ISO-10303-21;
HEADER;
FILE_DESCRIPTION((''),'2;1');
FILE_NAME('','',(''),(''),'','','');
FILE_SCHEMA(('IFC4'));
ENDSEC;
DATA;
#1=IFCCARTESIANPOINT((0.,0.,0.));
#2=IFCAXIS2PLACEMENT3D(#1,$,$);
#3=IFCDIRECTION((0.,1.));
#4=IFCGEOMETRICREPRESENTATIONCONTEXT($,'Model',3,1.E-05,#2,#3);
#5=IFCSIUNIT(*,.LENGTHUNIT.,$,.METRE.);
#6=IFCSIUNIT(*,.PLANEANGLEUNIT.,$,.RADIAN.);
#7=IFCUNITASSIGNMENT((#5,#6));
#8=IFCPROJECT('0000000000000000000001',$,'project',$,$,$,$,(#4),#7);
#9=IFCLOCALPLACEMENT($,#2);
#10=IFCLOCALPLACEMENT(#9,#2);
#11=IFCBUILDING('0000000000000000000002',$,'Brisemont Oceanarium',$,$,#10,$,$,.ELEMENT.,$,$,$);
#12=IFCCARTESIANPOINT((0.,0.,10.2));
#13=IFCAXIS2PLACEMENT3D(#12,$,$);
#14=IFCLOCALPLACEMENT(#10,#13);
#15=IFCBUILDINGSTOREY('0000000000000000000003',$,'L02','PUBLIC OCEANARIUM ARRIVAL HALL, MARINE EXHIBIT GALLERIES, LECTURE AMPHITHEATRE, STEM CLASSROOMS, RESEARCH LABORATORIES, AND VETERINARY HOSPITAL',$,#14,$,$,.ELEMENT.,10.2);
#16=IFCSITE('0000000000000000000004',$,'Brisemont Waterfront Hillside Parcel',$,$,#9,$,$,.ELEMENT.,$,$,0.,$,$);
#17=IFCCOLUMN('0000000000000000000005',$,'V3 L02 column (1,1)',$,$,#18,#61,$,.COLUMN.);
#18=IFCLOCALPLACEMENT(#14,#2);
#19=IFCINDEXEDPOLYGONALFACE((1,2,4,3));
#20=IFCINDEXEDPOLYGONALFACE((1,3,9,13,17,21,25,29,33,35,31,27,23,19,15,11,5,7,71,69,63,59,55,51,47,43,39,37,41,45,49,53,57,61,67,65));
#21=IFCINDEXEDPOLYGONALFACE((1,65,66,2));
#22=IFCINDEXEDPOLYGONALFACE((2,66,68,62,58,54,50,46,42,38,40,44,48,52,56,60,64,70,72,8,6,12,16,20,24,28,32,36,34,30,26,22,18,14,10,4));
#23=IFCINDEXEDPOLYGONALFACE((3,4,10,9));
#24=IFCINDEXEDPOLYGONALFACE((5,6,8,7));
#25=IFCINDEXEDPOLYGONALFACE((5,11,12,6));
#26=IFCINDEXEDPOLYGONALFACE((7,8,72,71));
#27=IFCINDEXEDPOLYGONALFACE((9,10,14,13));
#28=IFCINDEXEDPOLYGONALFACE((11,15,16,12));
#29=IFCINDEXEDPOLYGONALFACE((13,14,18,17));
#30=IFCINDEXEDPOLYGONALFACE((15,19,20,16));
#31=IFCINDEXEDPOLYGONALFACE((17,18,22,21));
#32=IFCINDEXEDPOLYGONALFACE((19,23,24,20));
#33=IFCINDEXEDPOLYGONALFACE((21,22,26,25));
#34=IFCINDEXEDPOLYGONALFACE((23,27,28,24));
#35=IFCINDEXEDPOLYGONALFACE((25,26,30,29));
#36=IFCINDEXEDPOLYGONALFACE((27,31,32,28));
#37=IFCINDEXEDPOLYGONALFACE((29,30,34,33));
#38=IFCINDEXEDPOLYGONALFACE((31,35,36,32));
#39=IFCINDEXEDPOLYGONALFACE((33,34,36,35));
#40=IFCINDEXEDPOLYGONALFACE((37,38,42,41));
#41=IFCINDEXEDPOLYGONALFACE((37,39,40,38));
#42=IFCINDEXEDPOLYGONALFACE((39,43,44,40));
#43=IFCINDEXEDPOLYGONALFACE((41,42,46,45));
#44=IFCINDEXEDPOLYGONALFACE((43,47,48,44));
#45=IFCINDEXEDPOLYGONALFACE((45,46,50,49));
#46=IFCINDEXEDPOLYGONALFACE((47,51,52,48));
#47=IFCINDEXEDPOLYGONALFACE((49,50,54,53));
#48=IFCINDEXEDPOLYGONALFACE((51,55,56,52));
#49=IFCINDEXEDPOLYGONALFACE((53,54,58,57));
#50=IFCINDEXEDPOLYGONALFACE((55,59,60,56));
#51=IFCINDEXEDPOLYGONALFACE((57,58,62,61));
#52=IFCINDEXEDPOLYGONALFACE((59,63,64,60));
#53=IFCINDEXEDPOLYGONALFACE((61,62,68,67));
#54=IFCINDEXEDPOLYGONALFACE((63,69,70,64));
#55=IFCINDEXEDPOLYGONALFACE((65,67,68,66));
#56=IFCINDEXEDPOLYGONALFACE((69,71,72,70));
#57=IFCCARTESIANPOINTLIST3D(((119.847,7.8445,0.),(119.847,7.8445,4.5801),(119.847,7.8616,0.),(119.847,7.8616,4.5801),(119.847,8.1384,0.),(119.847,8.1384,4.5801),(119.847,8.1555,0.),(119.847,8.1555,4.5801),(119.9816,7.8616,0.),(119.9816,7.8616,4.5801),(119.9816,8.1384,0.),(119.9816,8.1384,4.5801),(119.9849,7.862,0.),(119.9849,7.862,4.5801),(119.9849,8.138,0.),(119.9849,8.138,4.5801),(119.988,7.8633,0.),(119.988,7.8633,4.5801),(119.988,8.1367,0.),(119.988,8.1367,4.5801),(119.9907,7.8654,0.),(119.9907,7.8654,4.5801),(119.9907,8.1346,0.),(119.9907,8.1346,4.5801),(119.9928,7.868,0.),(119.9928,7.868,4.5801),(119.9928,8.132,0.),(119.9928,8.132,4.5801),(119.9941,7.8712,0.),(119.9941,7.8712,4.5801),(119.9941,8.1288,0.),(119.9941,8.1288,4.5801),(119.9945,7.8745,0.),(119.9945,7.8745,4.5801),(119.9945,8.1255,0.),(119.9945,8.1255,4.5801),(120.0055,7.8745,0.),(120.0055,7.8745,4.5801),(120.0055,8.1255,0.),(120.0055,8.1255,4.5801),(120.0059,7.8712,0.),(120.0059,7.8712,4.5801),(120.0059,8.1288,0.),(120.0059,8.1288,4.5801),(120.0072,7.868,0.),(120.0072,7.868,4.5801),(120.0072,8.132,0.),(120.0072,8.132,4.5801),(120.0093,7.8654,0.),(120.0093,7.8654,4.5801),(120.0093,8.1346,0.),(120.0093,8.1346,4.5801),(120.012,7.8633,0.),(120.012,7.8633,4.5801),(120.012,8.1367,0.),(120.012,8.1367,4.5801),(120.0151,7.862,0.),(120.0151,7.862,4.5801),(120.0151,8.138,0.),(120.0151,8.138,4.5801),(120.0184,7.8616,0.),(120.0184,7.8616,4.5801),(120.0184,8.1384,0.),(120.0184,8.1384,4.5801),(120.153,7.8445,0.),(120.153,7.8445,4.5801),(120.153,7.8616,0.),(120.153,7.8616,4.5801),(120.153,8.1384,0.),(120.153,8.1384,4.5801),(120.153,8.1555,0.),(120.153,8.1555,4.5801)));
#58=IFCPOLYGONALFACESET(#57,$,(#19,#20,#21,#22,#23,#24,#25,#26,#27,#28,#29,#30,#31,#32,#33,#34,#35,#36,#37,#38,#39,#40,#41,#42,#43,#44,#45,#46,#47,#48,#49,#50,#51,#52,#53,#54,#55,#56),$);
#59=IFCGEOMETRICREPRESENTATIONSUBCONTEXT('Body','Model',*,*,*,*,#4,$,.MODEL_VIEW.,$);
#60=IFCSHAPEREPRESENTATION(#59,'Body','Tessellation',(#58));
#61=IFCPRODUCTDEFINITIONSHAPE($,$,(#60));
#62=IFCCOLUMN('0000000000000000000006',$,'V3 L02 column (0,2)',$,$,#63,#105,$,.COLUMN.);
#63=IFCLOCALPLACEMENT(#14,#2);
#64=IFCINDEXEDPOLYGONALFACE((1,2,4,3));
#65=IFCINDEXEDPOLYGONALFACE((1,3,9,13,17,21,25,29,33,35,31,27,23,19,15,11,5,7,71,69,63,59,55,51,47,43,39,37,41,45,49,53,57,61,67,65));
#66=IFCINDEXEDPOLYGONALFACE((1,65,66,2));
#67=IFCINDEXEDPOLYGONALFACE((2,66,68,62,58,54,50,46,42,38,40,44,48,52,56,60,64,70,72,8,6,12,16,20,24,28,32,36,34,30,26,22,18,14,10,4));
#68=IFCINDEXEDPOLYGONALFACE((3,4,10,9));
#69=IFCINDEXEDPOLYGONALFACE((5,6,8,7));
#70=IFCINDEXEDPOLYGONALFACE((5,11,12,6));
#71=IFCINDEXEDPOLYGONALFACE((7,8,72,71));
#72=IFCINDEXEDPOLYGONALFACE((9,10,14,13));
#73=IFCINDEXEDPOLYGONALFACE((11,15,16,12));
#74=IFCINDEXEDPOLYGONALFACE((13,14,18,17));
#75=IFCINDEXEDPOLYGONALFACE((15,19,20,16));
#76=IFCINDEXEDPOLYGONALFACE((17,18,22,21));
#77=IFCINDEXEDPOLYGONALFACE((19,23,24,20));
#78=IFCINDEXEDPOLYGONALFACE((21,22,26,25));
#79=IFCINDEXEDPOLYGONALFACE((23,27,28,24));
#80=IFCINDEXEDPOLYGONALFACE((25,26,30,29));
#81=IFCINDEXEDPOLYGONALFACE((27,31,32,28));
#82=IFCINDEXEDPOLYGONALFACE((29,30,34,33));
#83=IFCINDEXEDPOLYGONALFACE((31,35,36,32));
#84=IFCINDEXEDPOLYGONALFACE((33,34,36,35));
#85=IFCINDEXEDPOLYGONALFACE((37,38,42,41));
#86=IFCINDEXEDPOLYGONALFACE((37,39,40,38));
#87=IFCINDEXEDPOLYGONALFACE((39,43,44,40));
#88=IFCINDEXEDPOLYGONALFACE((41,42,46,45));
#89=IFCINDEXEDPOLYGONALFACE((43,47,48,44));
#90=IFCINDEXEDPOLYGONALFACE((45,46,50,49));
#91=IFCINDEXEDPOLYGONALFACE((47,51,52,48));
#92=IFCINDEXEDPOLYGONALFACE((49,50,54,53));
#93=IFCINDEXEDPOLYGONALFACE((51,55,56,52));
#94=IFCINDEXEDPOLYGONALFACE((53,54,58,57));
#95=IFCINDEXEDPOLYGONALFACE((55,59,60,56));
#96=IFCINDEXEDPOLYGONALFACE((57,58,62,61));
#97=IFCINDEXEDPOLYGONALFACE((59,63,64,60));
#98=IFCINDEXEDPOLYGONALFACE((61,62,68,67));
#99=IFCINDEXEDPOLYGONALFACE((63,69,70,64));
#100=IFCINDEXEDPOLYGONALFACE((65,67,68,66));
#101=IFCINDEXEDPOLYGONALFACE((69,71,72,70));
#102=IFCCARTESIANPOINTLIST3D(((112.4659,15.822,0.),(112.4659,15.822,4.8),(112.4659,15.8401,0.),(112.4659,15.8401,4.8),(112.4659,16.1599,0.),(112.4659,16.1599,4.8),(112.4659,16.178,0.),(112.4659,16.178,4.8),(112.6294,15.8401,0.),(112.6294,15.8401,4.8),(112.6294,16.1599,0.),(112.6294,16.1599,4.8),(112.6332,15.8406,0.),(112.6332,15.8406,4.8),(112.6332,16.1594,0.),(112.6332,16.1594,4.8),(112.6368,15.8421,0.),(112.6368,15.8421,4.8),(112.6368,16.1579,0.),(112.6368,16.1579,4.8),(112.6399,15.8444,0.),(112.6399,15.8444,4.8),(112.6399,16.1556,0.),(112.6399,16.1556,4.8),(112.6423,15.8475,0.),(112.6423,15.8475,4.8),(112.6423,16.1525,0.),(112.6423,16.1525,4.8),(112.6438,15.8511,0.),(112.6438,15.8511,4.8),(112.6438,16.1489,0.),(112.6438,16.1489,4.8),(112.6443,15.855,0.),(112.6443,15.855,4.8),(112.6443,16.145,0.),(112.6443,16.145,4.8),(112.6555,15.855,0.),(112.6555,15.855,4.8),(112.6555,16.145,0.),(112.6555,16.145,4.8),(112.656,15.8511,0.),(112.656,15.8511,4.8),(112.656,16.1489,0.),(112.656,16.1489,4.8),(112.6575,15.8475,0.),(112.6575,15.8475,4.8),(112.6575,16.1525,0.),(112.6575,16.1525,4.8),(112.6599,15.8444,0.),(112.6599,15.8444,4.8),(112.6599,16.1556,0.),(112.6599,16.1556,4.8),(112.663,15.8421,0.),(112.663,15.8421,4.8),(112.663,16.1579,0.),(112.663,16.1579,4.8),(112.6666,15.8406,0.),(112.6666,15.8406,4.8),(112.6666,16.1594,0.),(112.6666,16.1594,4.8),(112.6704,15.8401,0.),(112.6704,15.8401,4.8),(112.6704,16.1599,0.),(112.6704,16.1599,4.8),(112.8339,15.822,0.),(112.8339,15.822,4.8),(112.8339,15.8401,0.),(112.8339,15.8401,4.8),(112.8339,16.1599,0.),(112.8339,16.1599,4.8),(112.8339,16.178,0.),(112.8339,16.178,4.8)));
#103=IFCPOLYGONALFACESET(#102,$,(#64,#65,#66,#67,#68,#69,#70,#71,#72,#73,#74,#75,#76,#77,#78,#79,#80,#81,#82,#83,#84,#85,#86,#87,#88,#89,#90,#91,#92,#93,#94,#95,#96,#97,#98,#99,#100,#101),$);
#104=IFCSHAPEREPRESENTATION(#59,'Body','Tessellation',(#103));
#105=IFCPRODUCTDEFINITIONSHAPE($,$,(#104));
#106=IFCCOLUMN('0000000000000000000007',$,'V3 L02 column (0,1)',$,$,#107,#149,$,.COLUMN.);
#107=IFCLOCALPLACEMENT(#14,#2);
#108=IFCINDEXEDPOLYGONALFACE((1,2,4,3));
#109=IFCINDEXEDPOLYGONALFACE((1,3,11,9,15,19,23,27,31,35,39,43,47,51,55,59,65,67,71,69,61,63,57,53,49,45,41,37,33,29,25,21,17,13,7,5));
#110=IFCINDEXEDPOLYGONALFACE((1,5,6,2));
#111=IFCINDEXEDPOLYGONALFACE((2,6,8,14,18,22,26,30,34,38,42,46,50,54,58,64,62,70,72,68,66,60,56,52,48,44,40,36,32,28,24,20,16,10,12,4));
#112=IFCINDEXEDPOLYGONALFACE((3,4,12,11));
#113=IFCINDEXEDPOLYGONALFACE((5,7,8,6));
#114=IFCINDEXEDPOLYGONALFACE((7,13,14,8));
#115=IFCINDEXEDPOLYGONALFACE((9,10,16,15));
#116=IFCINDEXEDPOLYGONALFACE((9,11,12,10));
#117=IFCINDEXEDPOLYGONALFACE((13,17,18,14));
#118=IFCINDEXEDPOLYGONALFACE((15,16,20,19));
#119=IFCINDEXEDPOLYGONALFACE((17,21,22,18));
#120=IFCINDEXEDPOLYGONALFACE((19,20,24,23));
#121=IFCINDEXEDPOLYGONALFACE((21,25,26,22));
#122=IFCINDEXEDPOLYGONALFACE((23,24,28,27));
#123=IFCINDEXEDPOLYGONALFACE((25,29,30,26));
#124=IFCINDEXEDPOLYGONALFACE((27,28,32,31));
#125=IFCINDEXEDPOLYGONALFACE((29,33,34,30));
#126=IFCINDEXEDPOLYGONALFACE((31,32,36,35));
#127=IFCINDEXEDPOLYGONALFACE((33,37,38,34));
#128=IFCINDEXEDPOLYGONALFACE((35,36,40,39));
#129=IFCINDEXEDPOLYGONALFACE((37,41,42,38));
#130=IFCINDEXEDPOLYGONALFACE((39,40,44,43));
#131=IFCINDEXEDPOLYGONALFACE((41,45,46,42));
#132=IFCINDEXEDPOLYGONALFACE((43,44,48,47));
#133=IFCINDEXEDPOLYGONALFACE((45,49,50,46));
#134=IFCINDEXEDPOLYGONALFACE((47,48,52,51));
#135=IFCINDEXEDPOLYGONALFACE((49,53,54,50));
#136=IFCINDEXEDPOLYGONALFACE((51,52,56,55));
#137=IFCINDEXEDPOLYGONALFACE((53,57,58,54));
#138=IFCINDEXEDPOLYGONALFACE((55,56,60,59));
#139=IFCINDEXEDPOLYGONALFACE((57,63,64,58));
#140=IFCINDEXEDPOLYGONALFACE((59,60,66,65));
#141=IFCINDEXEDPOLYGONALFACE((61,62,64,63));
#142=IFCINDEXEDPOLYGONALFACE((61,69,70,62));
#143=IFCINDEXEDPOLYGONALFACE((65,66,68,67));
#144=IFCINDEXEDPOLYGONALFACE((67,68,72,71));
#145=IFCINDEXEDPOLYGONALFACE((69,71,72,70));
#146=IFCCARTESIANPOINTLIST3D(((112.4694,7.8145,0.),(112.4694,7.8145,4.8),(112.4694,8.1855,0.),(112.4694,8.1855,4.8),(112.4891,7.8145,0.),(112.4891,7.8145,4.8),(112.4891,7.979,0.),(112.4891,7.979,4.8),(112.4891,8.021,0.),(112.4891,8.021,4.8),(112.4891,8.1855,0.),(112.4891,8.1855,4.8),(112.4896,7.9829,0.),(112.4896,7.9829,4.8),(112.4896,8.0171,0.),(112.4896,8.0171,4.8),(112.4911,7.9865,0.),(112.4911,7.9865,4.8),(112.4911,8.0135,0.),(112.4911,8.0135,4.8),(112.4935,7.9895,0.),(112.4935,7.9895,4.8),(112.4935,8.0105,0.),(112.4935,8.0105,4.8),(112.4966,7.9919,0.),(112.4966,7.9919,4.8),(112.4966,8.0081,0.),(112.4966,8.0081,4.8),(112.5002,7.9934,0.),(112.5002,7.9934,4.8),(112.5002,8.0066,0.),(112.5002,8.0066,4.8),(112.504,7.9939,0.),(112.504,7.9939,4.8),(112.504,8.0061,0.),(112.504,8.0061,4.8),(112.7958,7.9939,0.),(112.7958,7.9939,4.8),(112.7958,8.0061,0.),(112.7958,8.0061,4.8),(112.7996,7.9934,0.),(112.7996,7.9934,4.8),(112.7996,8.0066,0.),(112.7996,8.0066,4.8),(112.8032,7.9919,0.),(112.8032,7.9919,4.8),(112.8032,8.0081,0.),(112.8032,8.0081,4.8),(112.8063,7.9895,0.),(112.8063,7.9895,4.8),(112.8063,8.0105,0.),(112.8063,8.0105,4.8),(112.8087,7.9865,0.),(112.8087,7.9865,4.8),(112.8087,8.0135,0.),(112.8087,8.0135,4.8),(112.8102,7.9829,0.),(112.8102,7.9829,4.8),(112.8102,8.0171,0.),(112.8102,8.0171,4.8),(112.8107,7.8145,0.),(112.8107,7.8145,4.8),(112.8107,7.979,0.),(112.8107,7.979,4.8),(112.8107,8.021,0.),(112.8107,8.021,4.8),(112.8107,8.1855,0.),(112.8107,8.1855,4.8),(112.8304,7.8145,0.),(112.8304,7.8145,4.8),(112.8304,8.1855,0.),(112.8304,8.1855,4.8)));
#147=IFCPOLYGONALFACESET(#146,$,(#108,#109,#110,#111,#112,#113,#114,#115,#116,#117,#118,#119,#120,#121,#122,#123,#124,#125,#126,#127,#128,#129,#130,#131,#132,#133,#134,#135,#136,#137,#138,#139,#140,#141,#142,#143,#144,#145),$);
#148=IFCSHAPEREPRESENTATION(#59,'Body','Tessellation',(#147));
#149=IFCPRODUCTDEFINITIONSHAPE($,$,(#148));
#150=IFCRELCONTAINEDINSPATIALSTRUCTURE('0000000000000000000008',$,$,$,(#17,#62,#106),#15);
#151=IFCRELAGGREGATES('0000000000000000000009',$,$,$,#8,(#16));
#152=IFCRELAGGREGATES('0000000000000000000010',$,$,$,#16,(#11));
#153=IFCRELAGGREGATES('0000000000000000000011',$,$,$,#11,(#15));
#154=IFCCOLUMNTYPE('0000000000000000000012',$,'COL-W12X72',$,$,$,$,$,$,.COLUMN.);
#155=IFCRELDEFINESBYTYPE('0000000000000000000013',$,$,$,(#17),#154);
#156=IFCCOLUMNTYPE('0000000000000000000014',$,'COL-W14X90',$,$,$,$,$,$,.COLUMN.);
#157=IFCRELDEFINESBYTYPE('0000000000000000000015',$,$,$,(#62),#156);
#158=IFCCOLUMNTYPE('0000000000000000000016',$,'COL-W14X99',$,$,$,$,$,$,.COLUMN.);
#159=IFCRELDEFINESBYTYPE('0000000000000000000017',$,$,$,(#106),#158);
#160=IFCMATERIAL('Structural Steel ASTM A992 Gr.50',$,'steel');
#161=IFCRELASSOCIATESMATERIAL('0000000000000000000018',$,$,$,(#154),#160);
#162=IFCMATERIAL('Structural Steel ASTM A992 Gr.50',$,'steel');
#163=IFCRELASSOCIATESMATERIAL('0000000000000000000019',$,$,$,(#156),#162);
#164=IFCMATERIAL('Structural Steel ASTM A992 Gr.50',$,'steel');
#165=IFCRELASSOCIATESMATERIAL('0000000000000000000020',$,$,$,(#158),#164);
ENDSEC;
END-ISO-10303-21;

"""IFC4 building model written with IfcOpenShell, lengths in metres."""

from ifc_helpers import new_model, si_unit, direction, frame, origin, origin_2d, place, context, subcontext, project, spatial, i_section, extrude, material, material_profile, profile_set, type_object, element, save


model = new_model("IFC4")

# Units and contexts
model_context = context("Model", 3, precision=1e-05, world=origin(), true_north=direction((0.0, 1.0)))
body_context = subcontext(model_context, "Body", "Model", "MODEL_VIEW")
ifc_project = project(units=[si_unit("LENGTHUNIT", "METRE"), si_unit("PLANEANGLEUNIT", "RADIAN")], contexts=[model_context])

# Site, building, storey
site_placement = place(None, origin())
site = spatial("IfcSite", under=ifc_project, at=site_placement, Name="Brisemont Waterfront Hillside Parcel", CompositionType="ELEMENT", RefElevation=0.0)
building_placement = place(site_placement, origin())
building = spatial("IfcBuilding", under=site, at=building_placement, Name="Brisemont Oceanarium", CompositionType="ELEMENT")
storey_placement = place(building_placement, frame((0.0, 0.0, 10.2)))
storey = spatial("IfcBuildingStorey", under=building, at=storey_placement, Name="L02", Description="PUBLIC OCEANARIUM ARRIVAL HALL, MARINE EXHIBIT GALLERIES, LECTURE AMPHITHEATRE, STEM CLASSROOMS, RESEARCH LABORATORIES, AND VETERINARY HOSPITAL", CompositionType="ELEMENT", Elevation=10.2)

# Columns
ifc_material_1 = material(Name="Structural Steel ASTM A992 Gr.50", Category="steel")
ifc_material_profile_1 = material_profile(ifc_material_1, i_section(OverallWidth=0.3059, OverallDepth=0.311, WebThickness=0.011, FlangeThickness=0.0171, FilletRadius=0.0129, at=origin_2d()), Name="W12X72")
ifc_profile_set_1 = profile_set([ifc_material_profile_1], Name="Structural Steel ASTM A992 Gr.50")
column_type_1 = type_object("IfcColumnType", Name="COL-W12X72", PredefinedType="COLUMN", material=ifc_profile_set_1)
column_1_placement = place(storey_placement, frame((120.0, 8.0, 0.0), z_axis=(0.0, 0.0, 1.0), x_axis=(1.0, 0.0, 0.0)))
element("IfcColumn", 1, at=column_1_placement, inside=storey, type_object=column_type_1, Name="V3 L02 column (1,1)", PredefinedType="COLUMN", context=body_context, shape_type="SweptSolid", body=[
    extrude(i_section(OverallWidth=0.3059, OverallDepth=0.311, WebThickness=0.011, FlangeThickness=0.0171, FilletRadius=0.0129, at=origin_2d()), origin(), (0.0, 0.0, 1.0), 4.5801),
])
ifc_material_2 = material(Name="Structural Steel ASTM A992 Gr.50", Category="steel")
ifc_material_profile_2 = material_profile(ifc_material_2, i_section(OverallWidth=0.3679, OverallDepth=0.356, WebThickness=0.0112, FlangeThickness=0.0181, FilletRadius=0.0149, at=origin_2d()), Name="W14X90")
ifc_profile_set_2 = profile_set([ifc_material_profile_2], Name="Structural Steel ASTM A992 Gr.50")
column_type_2 = type_object("IfcColumnType", Name="COL-W14X90", PredefinedType="COLUMN", material=ifc_profile_set_2)
column_2_placement = place(storey_placement, frame((112.6499, 16.0, 0.0), z_axis=(0.0, 0.0, 1.0), x_axis=(1.0, 0.0, 0.0)))
element("IfcColumn", 2, at=column_2_placement, inside=storey, type_object=column_type_2, Name="V3 L02 column (0,2)", PredefinedType="COLUMN", context=body_context, shape_type="SweptSolid", body=[
    extrude(i_section(OverallWidth=0.3679, OverallDepth=0.356, WebThickness=0.0112, FlangeThickness=0.0181, FilletRadius=0.0149, at=origin_2d()), origin(), (0.0, 0.0, 1.0), 4.8),
])
ifc_material_3 = material(Name="Structural Steel ASTM A992 Gr.50", Category="steel")
ifc_material_profile_3 = material_profile(ifc_material_3, i_section(OverallWidth=0.3711, OverallDepth=0.3611, WebThickness=0.0122, FlangeThickness=0.0198, FilletRadius=0.0149, at=origin_2d()), Name="W14X99")
ifc_profile_set_3 = profile_set([ifc_material_profile_3], Name="Structural Steel ASTM A992 Gr.50")
column_type_3 = type_object("IfcColumnType", Name="COL-W14X99", PredefinedType="COLUMN", material=ifc_profile_set_3)
column_3_placement = place(storey_placement, frame((112.6499, 8.0, 0.0), z_axis=(0.0, 0.0, 1.0), x_axis=(0.0, 1.0, 0.0)))
element("IfcColumn", 3, at=column_3_placement, inside=storey, type_object=column_type_3, Name="V3 L02 column (0,1)", PredefinedType="COLUMN", context=body_context, shape_type="SweptSolid", body=[
    extrude(i_section(OverallWidth=0.3711, OverallDepth=0.3611, WebThickness=0.0122, FlangeThickness=0.0198, FilletRadius=0.0149, at=origin_2d()), origin(), (0.0, 0.0, 1.0), 4.8),
])

save(model, "model.ifc")
